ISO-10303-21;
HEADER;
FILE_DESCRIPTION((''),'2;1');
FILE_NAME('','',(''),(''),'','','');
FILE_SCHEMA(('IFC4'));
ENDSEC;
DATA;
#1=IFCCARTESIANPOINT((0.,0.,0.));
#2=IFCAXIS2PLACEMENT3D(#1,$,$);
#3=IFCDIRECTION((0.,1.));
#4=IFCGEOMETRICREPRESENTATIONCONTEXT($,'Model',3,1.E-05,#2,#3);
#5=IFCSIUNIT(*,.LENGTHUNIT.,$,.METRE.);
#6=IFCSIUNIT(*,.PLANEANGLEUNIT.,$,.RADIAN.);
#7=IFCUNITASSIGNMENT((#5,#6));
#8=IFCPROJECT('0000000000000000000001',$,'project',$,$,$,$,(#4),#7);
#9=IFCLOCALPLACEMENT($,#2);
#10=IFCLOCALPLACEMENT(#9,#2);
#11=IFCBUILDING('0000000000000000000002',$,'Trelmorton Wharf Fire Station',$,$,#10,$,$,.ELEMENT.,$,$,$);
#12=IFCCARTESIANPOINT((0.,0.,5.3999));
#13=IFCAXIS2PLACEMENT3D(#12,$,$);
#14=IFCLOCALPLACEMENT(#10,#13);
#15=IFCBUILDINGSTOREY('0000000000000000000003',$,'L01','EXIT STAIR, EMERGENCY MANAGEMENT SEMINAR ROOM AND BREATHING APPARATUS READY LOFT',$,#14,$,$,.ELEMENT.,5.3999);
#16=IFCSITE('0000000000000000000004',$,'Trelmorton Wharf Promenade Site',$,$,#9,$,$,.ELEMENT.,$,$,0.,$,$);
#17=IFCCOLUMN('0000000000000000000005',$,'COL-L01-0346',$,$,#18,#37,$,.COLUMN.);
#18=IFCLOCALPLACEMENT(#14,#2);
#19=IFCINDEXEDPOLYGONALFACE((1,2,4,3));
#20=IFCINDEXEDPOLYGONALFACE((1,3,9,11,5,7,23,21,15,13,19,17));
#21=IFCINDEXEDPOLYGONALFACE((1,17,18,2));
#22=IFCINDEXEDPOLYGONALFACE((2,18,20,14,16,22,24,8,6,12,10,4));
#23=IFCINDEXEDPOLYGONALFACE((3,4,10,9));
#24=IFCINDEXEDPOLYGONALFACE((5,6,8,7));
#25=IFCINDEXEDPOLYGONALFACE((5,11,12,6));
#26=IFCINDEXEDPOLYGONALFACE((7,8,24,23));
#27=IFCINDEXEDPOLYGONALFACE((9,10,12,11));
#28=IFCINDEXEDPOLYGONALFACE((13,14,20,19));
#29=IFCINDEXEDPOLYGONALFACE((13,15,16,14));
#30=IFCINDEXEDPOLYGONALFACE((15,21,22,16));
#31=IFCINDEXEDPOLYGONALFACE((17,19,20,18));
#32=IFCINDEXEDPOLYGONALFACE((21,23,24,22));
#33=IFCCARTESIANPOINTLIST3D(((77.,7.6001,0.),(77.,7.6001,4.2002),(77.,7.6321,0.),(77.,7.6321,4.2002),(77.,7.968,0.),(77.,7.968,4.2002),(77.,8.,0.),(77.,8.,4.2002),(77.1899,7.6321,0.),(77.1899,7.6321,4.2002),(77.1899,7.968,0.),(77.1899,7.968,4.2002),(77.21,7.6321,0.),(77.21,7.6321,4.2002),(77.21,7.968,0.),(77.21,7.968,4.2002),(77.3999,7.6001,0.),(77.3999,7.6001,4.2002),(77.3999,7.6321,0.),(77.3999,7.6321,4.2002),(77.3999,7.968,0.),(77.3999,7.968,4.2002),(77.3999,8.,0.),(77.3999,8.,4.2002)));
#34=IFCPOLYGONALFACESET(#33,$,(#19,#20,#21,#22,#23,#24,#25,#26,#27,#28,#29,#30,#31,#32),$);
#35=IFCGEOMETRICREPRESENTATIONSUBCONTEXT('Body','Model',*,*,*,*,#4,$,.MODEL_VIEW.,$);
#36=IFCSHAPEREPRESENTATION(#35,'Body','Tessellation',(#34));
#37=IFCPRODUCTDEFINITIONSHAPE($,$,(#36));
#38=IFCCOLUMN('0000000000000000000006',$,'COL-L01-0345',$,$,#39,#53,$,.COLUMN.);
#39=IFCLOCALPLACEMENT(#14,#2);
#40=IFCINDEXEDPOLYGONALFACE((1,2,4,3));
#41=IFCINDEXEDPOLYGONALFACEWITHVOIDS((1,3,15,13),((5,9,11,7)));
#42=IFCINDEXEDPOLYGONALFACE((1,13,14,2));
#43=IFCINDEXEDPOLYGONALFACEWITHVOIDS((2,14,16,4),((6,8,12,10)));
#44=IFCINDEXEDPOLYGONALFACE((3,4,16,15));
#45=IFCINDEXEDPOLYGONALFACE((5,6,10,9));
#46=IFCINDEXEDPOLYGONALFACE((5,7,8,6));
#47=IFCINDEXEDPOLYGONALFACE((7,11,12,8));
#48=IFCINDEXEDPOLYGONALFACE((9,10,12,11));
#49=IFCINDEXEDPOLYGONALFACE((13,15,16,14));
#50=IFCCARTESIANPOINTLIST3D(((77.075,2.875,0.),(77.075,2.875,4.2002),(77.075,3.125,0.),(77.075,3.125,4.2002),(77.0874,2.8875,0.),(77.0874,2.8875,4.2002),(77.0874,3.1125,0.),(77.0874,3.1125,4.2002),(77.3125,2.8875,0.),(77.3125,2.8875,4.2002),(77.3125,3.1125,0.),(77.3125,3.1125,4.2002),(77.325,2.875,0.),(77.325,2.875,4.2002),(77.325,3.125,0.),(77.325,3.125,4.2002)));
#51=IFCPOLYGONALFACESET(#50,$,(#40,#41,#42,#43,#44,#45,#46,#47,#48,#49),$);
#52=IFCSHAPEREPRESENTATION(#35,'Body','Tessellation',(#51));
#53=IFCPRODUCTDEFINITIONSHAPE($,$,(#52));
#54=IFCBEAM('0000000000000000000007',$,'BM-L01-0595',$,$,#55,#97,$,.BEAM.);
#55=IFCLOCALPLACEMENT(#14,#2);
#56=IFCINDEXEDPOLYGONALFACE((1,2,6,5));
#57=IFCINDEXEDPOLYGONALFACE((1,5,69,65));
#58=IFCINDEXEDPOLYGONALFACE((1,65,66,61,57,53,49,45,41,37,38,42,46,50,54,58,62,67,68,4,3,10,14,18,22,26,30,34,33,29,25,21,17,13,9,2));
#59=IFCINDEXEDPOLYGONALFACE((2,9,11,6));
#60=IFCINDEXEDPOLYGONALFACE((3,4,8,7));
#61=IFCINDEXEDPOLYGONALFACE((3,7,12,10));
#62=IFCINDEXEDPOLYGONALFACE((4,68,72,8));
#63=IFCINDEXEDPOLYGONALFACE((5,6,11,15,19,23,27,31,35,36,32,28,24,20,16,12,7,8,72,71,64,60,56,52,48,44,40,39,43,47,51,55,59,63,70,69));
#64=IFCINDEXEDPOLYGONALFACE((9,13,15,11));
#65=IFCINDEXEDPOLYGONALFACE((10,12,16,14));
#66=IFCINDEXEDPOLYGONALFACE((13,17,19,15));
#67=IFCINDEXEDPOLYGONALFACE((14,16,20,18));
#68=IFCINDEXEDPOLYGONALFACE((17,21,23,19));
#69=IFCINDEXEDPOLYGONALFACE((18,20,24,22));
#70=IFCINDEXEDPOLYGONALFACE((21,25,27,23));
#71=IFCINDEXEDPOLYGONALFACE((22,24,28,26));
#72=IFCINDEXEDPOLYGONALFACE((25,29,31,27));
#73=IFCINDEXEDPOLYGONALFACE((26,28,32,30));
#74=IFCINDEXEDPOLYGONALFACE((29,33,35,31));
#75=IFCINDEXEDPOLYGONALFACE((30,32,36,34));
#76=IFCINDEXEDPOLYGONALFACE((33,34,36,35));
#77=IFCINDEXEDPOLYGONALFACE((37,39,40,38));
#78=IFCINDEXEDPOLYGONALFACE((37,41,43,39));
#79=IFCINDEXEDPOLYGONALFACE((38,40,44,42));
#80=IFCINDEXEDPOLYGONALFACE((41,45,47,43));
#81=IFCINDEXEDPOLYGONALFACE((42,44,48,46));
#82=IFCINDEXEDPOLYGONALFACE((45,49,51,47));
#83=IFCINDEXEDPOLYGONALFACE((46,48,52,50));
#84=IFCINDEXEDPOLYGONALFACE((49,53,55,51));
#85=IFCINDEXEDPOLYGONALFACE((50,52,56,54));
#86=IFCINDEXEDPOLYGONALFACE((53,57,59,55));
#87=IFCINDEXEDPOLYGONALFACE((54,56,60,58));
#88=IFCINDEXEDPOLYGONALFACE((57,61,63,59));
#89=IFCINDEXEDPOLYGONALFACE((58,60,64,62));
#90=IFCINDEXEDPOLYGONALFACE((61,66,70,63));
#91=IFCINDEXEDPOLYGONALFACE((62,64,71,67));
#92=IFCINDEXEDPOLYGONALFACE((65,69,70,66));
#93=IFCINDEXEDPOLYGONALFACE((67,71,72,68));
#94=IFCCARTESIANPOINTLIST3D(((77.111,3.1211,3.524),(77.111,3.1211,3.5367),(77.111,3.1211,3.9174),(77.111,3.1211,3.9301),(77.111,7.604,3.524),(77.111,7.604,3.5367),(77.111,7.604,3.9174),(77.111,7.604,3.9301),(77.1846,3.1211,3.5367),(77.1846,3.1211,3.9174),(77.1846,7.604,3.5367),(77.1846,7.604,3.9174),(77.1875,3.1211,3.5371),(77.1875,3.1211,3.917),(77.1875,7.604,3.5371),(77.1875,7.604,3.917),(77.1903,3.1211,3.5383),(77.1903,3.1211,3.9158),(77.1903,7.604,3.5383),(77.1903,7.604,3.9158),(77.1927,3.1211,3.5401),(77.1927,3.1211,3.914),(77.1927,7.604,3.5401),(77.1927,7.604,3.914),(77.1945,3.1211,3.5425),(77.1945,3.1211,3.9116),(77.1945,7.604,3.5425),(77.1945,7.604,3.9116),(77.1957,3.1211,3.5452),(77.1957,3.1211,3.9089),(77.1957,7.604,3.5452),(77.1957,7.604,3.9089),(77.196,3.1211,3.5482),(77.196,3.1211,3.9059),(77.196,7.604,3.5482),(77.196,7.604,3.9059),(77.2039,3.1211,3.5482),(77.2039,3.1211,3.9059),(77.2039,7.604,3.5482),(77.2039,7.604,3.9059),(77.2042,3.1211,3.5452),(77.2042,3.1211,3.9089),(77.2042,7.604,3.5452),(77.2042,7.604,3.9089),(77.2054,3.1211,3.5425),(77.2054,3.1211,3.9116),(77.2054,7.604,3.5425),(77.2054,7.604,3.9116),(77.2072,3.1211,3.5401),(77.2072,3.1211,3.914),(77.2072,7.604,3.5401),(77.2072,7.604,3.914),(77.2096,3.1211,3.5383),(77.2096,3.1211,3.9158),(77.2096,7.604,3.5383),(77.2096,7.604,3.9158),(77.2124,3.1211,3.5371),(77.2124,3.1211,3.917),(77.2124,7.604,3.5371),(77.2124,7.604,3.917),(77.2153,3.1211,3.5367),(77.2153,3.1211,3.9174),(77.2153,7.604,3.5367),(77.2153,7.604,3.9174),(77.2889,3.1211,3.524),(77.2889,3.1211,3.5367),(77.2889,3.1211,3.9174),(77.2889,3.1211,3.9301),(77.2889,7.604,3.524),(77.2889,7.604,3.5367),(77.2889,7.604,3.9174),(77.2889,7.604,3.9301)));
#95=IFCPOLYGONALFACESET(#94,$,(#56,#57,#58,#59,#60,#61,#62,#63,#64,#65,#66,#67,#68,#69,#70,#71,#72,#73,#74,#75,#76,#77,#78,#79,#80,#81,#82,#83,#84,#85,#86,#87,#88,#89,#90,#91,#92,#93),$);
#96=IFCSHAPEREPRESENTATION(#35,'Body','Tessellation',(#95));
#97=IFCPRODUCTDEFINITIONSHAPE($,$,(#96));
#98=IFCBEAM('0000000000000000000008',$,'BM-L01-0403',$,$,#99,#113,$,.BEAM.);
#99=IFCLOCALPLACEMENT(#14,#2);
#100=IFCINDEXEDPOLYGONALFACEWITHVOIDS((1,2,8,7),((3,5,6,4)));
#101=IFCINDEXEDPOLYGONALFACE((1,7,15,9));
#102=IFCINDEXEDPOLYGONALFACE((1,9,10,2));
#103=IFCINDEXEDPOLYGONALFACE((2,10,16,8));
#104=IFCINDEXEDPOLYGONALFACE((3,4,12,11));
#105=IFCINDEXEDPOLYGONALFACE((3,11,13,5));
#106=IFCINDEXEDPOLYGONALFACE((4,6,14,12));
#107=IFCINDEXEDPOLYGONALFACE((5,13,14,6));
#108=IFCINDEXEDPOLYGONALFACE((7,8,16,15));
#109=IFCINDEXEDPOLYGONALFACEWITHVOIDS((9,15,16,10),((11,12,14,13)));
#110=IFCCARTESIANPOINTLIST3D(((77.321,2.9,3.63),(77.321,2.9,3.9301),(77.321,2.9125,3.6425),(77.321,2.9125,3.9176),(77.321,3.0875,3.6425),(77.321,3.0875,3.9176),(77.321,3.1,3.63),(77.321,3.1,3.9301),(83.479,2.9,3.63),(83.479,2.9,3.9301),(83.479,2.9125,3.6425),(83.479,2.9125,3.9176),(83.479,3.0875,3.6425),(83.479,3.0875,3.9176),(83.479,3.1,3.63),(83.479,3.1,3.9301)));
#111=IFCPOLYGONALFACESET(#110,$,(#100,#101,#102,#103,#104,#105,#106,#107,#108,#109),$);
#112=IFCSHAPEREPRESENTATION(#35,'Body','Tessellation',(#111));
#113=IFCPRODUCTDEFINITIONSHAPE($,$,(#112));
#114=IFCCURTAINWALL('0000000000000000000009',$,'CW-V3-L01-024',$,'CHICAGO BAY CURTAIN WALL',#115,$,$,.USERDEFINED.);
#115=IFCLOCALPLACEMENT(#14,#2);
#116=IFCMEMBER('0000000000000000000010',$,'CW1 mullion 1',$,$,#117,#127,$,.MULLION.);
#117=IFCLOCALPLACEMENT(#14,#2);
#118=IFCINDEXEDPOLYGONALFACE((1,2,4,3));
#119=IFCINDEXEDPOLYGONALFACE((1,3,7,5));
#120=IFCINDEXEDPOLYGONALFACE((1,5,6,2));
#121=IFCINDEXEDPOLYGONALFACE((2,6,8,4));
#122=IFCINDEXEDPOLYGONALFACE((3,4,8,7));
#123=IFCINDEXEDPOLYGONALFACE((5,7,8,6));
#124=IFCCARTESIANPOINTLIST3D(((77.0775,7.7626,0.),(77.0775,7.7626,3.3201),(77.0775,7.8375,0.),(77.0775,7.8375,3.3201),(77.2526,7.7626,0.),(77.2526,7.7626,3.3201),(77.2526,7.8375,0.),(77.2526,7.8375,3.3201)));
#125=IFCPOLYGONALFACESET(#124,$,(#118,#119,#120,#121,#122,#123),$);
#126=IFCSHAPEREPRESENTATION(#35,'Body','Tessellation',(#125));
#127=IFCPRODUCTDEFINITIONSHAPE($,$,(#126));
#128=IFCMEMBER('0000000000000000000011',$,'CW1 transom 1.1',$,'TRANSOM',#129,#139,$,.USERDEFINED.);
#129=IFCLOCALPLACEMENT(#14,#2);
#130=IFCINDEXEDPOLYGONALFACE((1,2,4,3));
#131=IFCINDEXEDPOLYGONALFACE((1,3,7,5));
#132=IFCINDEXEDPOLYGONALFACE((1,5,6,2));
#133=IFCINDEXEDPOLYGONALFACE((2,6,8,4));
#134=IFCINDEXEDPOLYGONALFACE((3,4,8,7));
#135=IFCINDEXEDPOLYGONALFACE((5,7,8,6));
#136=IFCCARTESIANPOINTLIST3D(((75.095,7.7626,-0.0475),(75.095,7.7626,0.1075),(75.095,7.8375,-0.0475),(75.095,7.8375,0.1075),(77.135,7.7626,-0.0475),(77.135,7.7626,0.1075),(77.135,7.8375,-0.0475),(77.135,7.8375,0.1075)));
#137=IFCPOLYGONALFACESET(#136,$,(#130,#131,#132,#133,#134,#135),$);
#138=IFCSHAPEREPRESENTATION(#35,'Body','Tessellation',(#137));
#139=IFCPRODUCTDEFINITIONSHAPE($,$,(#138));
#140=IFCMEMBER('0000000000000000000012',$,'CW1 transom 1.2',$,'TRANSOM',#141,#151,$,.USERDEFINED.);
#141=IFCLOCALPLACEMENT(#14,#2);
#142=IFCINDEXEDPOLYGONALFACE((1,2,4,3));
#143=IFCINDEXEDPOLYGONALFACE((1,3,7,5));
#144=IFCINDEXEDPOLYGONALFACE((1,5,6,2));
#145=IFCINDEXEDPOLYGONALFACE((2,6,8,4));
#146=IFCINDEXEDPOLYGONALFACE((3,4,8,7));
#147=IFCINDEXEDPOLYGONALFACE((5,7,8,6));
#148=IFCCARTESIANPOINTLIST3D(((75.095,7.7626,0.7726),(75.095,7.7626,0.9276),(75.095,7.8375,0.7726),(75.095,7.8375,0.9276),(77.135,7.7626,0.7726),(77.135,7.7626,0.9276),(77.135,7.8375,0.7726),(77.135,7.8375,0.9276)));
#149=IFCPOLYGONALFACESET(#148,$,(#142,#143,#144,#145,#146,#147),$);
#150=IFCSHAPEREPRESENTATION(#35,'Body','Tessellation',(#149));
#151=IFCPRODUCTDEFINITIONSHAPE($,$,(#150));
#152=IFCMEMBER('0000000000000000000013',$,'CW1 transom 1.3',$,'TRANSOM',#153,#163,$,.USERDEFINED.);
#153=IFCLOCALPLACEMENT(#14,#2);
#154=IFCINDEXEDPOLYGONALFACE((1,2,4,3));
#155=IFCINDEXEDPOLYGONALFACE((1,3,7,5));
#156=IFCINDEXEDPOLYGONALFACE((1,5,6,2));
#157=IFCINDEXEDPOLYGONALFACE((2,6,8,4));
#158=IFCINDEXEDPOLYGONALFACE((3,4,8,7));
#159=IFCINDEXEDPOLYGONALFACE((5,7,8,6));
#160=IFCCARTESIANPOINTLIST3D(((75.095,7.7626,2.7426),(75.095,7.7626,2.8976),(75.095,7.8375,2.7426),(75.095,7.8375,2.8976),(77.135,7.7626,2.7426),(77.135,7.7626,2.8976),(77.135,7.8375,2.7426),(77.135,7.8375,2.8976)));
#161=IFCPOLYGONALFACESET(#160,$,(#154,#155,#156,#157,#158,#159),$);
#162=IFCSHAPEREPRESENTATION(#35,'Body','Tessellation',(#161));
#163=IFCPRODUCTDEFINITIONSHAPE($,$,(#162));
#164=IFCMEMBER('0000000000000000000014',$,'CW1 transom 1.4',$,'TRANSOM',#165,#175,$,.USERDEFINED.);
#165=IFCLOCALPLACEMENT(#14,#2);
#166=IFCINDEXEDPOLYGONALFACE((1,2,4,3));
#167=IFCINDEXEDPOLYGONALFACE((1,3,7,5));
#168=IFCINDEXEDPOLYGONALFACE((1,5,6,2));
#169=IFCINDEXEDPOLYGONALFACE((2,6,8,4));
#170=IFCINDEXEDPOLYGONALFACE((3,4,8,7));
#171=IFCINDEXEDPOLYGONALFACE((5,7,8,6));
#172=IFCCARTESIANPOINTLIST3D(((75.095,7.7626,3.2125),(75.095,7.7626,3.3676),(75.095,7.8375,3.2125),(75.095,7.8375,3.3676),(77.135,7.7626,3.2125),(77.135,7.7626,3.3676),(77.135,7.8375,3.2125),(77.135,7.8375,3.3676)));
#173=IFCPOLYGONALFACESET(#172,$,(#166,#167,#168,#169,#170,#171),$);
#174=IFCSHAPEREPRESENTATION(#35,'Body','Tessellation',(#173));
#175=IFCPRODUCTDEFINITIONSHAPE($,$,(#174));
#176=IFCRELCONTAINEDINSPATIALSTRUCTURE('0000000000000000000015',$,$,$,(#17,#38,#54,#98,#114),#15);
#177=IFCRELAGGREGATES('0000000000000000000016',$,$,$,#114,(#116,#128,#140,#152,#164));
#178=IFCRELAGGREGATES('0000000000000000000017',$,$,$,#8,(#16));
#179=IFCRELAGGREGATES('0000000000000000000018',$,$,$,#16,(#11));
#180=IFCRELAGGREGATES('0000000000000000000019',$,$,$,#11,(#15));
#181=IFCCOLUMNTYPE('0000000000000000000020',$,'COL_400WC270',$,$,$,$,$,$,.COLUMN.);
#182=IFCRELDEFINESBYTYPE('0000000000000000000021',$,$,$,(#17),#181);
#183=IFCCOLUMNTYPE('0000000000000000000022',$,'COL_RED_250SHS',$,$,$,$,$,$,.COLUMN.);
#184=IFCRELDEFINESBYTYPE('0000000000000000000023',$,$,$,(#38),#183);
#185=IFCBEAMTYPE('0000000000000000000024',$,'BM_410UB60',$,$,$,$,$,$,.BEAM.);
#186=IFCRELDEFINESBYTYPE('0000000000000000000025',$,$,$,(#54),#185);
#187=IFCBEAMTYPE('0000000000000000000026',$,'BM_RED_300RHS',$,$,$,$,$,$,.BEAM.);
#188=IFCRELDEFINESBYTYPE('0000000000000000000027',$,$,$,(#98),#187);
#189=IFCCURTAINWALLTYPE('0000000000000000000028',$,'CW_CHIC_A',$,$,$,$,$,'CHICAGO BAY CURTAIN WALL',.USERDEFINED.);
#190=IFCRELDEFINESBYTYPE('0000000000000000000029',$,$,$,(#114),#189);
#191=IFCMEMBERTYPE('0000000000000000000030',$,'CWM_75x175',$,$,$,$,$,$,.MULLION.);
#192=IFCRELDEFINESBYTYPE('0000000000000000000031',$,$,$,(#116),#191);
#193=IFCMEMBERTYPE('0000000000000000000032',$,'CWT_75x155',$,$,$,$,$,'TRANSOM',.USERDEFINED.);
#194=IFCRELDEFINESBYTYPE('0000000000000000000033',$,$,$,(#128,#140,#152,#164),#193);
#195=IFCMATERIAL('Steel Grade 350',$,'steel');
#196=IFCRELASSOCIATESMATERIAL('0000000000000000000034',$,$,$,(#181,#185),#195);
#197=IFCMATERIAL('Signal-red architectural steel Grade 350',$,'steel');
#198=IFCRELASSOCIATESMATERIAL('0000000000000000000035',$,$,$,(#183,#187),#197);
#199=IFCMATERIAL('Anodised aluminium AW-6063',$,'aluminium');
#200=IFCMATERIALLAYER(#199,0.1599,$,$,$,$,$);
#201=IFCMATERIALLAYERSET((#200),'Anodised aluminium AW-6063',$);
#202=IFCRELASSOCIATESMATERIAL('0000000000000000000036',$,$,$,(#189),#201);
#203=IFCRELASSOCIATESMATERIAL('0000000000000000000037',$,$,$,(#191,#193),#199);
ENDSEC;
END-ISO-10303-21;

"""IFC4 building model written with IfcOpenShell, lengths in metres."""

from ifc_helpers import new_model, si_unit, direction, frame, origin, origin_2d, place, context, subcontext, project, spatial, rectangle, hollow_rectangle, i_section, extrude, material, layer, layer_set, material_profile, profile_set, type_object, element, aggregate, save


model = new_model("IFC4")

# Units and contexts
model_context = context("Model", 3, precision=1e-05, world=origin(), true_north=direction((0.0, 1.0)))
body_context = subcontext(model_context, "Body", "Model", "MODEL_VIEW")
ifc_project = project(units=[si_unit("LENGTHUNIT", "METRE"), si_unit("PLANEANGLEUNIT", "RADIAN")], contexts=[model_context])

# Site, building, storey
site_placement = place(None, origin())
site = spatial("IfcSite", under=ifc_project, at=site_placement, Name="Trelmorton Wharf Promenade Site", CompositionType="ELEMENT", RefElevation=0.0)
building_placement = place(site_placement, origin())
building = spatial("IfcBuilding", under=site, at=building_placement, Name="Trelmorton Wharf Fire Station", CompositionType="ELEMENT")
storey_placement = place(building_placement, frame((0.0, 0.0, 5.3999)))
storey = spatial("IfcBuildingStorey", under=building, at=storey_placement, Name="L01", Description="EXIT STAIR, EMERGENCY MANAGEMENT SEMINAR ROOM AND BREATHING APPARATUS READY LOFT", CompositionType="ELEMENT", Elevation=5.3999)

# Columns
ifc_material_1 = material(Name="Steel Grade 350", Category="steel")
ifc_material_profile_1 = material_profile(ifc_material_1, i_section(OverallWidth=0.3999, OverallDepth=0.3999, WebThickness=0.02, FlangeThickness=0.032, at=origin_2d()), Name="400WC270")
ifc_profile_set_1 = profile_set([ifc_material_profile_1], Name="Steel Grade 350")
column_type_1 = type_object("IfcColumnType", Name="COL_400WC270", PredefinedType="COLUMN", material=ifc_profile_set_1)
column_1_placement = place(storey_placement, frame((77.2, 7.8, 0.0), z_axis=(0.0, 0.0, 1.0), x_axis=(1.0, 0.0, 0.0)))
element("IfcColumn", 1, at=column_1_placement, inside=storey, type_object=column_type_1, Name="COL-L01-0346", PredefinedType="COLUMN", context=body_context, shape_type="SweptSolid", body=[
    extrude(i_section(OverallWidth=0.3999, OverallDepth=0.3999, WebThickness=0.02, FlangeThickness=0.032, at=origin_2d()), origin(), (0.0, 0.0, 1.0), 4.2002),
])
ifc_material_2 = material(Name="Signal-red architectural steel Grade 350", Category="steel")
ifc_material_profile_2 = material_profile(ifc_material_2, hollow_rectangle(XDim=0.25, YDim=0.25, WallThickness=0.0125, at=origin_2d()), Name="250x250x12.5SHS")
ifc_profile_set_2 = profile_set([ifc_material_profile_2], Name="Signal-red architectural steel Grade 350")
column_type_2 = type_object("IfcColumnType", Name="COL_RED_250SHS", PredefinedType="COLUMN", material=ifc_profile_set_2)
column_2_placement = place(storey_placement, frame((77.2, 3.0, 0.0), z_axis=(0.0, 0.0, 1.0), x_axis=(1.0, 0.0, 0.0)))
element("IfcColumn", 2, at=column_2_placement, inside=storey, type_object=column_type_2, Name="COL-L01-0345", PredefinedType="COLUMN", context=body_context, shape_type="SweptSolid", body=[
    extrude(hollow_rectangle(XDim=0.25, YDim=0.25, WallThickness=0.0125, at=origin_2d()), origin(), (0.0, 0.0, 1.0), 4.2002),
])

# Beams
ifc_material_profile_3 = material_profile(ifc_material_1, i_section(OverallWidth=0.178, OverallDepth=0.406, WebThickness=0.0078, FlangeThickness=0.0127, FilletRadius=0.0115, at=origin_2d()), Name="410UB59.7")
ifc_profile_set_3 = profile_set([ifc_material_profile_3], Name="Steel Grade 350")
beam_type_1 = type_object("IfcBeamType", Name="BM_410UB60", PredefinedType="BEAM", material=ifc_profile_set_3)
beam_1_placement = place(storey_placement, frame((77.2, 3.1211, 3.7271), z_axis=(0.0, 1.0, 0.0), x_axis=(-1.0, 0.0, 0.0)))
element("IfcBeam", 3, at=beam_1_placement, inside=storey, type_object=beam_type_1, Name="BM-L01-0595", PredefinedType="BEAM", context=body_context, shape_type="SweptSolid", body=[
    extrude(i_section(OverallWidth=0.178, OverallDepth=0.406, WebThickness=0.0078, FlangeThickness=0.0127, FilletRadius=0.0115, at=origin_2d()), origin(), (0.0, 0.0, 1.0), 4.4829),
])
ifc_material_profile_4 = material_profile(ifc_material_2, hollow_rectangle(XDim=0.2, YDim=0.3, WallThickness=0.0125, at=origin_2d()), Name="300x200x12.5RHS")
ifc_profile_set_4 = profile_set([ifc_material_profile_4], Name="Signal-red architectural steel Grade 350")
beam_type_2 = type_object("IfcBeamType", Name="BM_RED_300RHS", PredefinedType="BEAM", material=ifc_profile_set_4)
beam_2_placement = place(storey_placement, frame((77.321, 3.0, 3.78), z_axis=(1.0, 0.0, 0.0), x_axis=(0.0, 1.0, 0.0)))
element("IfcBeam", 4, at=beam_2_placement, inside=storey, type_object=beam_type_2, Name="BM-L01-0403", PredefinedType="BEAM", context=body_context, shape_type="SweptSolid", body=[
    extrude(hollow_rectangle(XDim=0.2, YDim=0.3, WallThickness=0.0125, at=origin_2d()), origin(), (0.0, 0.0, 1.0), 6.158),
])

# Curtain wall, members
ifc_material_3 = material(Name="Anodised aluminium AW-6063", Category="aluminium")
ifc_layer_1 = layer(ifc_material_3, 0.1599)
ifc_layer_set_1 = layer_set([ifc_layer_1], Name="Anodised aluminium AW-6063")
curtain_wall_type = type_object("IfcCurtainWallType", Name="CW_CHIC_A", ElementType="CHICAGO BAY CURTAIN WALL", PredefinedType="USERDEFINED", material=ifc_layer_set_1)
curtain_wall_placement = place(storey_placement, origin())
curtain_wall = element("IfcCurtainWall", 5, at=curtain_wall_placement, inside=storey, type_object=curtain_wall_type, Name="CW-V3-L01-024", ObjectType="CHICAGO BAY CURTAIN WALL", PredefinedType="USERDEFINED")
ifc_material_profile_5 = material_profile(ifc_material_3, rectangle(XDim=0.075, YDim=0.175, at=origin_2d()), Name="ALU-75x175")
ifc_profile_set_5 = profile_set([ifc_material_profile_5], Name="Anodised aluminium AW-6063")
member_type_1 = type_object("IfcMemberType", Name="CWM_75x175", PredefinedType="MULLION", material=ifc_profile_set_5)
member_1_placement = place(storey_placement, frame((77.165, 7.8, 0.0), z_axis=(0.0, 0.0, 1.0), x_axis=(0.0, -1.0, 0.0)))
member_1 = element("IfcMember", 6, at=member_1_placement, type_object=member_type_1, Name="CW1 mullion 1", PredefinedType="MULLION", context=body_context, shape_type="SweptSolid", body=[
    extrude(rectangle(XDim=0.075, YDim=0.175, at=origin_2d()), origin(), (0.0, 0.0, 1.0), 3.3201),
])
ifc_material_profile_6 = material_profile(ifc_material_3, rectangle(XDim=0.075, YDim=0.155, at=origin_2d()), Name="ALU-75x155")
ifc_profile_set_6 = profile_set([ifc_material_profile_6], Name="Anodised aluminium AW-6063")
member_type_2 = type_object("IfcMemberType", Name="CWT_75x155", ElementType="TRANSOM", PredefinedType="USERDEFINED", material=ifc_profile_set_6)
member_2_placement = place(storey_placement, frame((77.135, 7.8, 0.03), z_axis=(-1.0, 0.0, 0.0), x_axis=(0.0, -1.0, 0.0)))
member_2 = element("IfcMember", 7, at=member_2_placement, type_object=member_type_2, Name="CW1 transom 1.1", ObjectType="TRANSOM", PredefinedType="USERDEFINED", context=body_context, shape_type="SweptSolid", body=[
    extrude(rectangle(XDim=0.075, YDim=0.155, at=origin_2d()), origin(), (0.0, 0.0, 1.0), 2.04),
])
member_3_placement = place(storey_placement, frame((77.135, 7.8, 0.8501), z_axis=(-1.0, 0.0, 0.0), x_axis=(0.0, -1.0, 0.0)))
member_3 = element("IfcMember", 8, at=member_3_placement, type_object=member_type_2, Name="CW1 transom 1.2", ObjectType="TRANSOM", PredefinedType="USERDEFINED", context=body_context, shape_type="SweptSolid", body=[
    extrude(rectangle(XDim=0.075, YDim=0.155, at=origin_2d()), origin(), (0.0, 0.0, 1.0), 2.04),
])
member_4_placement = place(storey_placement, frame((77.135, 7.8, 2.8201), z_axis=(-1.0, 0.0, 0.0), x_axis=(0.0, -1.0, 0.0)))
member_4 = element("IfcMember", 9, at=member_4_placement, type_object=member_type_2, Name="CW1 transom 1.3", ObjectType="TRANSOM", PredefinedType="USERDEFINED", context=body_context, shape_type="SweptSolid", body=[
    extrude(rectangle(XDim=0.075, YDim=0.155, at=origin_2d()), origin(), (0.0, 0.0, 1.0), 2.04),
])
member_5_placement = place(storey_placement, frame((77.135, 7.8, 3.29), z_axis=(-1.0, 0.0, 0.0), x_axis=(0.0, -1.0, 0.0)))
member_5 = element("IfcMember", 10, at=member_5_placement, type_object=member_type_2, Name="CW1 transom 1.4", ObjectType="TRANSOM", PredefinedType="USERDEFINED", context=body_context, shape_type="SweptSolid", body=[
    extrude(rectangle(XDim=0.075, YDim=0.155, at=origin_2d()), origin(), (0.0, 0.0, 1.0), 2.04),
])

aggregate(curtain_wall, [member_1, member_2, member_3, member_4, member_5])

save(model, "model.ifc")
